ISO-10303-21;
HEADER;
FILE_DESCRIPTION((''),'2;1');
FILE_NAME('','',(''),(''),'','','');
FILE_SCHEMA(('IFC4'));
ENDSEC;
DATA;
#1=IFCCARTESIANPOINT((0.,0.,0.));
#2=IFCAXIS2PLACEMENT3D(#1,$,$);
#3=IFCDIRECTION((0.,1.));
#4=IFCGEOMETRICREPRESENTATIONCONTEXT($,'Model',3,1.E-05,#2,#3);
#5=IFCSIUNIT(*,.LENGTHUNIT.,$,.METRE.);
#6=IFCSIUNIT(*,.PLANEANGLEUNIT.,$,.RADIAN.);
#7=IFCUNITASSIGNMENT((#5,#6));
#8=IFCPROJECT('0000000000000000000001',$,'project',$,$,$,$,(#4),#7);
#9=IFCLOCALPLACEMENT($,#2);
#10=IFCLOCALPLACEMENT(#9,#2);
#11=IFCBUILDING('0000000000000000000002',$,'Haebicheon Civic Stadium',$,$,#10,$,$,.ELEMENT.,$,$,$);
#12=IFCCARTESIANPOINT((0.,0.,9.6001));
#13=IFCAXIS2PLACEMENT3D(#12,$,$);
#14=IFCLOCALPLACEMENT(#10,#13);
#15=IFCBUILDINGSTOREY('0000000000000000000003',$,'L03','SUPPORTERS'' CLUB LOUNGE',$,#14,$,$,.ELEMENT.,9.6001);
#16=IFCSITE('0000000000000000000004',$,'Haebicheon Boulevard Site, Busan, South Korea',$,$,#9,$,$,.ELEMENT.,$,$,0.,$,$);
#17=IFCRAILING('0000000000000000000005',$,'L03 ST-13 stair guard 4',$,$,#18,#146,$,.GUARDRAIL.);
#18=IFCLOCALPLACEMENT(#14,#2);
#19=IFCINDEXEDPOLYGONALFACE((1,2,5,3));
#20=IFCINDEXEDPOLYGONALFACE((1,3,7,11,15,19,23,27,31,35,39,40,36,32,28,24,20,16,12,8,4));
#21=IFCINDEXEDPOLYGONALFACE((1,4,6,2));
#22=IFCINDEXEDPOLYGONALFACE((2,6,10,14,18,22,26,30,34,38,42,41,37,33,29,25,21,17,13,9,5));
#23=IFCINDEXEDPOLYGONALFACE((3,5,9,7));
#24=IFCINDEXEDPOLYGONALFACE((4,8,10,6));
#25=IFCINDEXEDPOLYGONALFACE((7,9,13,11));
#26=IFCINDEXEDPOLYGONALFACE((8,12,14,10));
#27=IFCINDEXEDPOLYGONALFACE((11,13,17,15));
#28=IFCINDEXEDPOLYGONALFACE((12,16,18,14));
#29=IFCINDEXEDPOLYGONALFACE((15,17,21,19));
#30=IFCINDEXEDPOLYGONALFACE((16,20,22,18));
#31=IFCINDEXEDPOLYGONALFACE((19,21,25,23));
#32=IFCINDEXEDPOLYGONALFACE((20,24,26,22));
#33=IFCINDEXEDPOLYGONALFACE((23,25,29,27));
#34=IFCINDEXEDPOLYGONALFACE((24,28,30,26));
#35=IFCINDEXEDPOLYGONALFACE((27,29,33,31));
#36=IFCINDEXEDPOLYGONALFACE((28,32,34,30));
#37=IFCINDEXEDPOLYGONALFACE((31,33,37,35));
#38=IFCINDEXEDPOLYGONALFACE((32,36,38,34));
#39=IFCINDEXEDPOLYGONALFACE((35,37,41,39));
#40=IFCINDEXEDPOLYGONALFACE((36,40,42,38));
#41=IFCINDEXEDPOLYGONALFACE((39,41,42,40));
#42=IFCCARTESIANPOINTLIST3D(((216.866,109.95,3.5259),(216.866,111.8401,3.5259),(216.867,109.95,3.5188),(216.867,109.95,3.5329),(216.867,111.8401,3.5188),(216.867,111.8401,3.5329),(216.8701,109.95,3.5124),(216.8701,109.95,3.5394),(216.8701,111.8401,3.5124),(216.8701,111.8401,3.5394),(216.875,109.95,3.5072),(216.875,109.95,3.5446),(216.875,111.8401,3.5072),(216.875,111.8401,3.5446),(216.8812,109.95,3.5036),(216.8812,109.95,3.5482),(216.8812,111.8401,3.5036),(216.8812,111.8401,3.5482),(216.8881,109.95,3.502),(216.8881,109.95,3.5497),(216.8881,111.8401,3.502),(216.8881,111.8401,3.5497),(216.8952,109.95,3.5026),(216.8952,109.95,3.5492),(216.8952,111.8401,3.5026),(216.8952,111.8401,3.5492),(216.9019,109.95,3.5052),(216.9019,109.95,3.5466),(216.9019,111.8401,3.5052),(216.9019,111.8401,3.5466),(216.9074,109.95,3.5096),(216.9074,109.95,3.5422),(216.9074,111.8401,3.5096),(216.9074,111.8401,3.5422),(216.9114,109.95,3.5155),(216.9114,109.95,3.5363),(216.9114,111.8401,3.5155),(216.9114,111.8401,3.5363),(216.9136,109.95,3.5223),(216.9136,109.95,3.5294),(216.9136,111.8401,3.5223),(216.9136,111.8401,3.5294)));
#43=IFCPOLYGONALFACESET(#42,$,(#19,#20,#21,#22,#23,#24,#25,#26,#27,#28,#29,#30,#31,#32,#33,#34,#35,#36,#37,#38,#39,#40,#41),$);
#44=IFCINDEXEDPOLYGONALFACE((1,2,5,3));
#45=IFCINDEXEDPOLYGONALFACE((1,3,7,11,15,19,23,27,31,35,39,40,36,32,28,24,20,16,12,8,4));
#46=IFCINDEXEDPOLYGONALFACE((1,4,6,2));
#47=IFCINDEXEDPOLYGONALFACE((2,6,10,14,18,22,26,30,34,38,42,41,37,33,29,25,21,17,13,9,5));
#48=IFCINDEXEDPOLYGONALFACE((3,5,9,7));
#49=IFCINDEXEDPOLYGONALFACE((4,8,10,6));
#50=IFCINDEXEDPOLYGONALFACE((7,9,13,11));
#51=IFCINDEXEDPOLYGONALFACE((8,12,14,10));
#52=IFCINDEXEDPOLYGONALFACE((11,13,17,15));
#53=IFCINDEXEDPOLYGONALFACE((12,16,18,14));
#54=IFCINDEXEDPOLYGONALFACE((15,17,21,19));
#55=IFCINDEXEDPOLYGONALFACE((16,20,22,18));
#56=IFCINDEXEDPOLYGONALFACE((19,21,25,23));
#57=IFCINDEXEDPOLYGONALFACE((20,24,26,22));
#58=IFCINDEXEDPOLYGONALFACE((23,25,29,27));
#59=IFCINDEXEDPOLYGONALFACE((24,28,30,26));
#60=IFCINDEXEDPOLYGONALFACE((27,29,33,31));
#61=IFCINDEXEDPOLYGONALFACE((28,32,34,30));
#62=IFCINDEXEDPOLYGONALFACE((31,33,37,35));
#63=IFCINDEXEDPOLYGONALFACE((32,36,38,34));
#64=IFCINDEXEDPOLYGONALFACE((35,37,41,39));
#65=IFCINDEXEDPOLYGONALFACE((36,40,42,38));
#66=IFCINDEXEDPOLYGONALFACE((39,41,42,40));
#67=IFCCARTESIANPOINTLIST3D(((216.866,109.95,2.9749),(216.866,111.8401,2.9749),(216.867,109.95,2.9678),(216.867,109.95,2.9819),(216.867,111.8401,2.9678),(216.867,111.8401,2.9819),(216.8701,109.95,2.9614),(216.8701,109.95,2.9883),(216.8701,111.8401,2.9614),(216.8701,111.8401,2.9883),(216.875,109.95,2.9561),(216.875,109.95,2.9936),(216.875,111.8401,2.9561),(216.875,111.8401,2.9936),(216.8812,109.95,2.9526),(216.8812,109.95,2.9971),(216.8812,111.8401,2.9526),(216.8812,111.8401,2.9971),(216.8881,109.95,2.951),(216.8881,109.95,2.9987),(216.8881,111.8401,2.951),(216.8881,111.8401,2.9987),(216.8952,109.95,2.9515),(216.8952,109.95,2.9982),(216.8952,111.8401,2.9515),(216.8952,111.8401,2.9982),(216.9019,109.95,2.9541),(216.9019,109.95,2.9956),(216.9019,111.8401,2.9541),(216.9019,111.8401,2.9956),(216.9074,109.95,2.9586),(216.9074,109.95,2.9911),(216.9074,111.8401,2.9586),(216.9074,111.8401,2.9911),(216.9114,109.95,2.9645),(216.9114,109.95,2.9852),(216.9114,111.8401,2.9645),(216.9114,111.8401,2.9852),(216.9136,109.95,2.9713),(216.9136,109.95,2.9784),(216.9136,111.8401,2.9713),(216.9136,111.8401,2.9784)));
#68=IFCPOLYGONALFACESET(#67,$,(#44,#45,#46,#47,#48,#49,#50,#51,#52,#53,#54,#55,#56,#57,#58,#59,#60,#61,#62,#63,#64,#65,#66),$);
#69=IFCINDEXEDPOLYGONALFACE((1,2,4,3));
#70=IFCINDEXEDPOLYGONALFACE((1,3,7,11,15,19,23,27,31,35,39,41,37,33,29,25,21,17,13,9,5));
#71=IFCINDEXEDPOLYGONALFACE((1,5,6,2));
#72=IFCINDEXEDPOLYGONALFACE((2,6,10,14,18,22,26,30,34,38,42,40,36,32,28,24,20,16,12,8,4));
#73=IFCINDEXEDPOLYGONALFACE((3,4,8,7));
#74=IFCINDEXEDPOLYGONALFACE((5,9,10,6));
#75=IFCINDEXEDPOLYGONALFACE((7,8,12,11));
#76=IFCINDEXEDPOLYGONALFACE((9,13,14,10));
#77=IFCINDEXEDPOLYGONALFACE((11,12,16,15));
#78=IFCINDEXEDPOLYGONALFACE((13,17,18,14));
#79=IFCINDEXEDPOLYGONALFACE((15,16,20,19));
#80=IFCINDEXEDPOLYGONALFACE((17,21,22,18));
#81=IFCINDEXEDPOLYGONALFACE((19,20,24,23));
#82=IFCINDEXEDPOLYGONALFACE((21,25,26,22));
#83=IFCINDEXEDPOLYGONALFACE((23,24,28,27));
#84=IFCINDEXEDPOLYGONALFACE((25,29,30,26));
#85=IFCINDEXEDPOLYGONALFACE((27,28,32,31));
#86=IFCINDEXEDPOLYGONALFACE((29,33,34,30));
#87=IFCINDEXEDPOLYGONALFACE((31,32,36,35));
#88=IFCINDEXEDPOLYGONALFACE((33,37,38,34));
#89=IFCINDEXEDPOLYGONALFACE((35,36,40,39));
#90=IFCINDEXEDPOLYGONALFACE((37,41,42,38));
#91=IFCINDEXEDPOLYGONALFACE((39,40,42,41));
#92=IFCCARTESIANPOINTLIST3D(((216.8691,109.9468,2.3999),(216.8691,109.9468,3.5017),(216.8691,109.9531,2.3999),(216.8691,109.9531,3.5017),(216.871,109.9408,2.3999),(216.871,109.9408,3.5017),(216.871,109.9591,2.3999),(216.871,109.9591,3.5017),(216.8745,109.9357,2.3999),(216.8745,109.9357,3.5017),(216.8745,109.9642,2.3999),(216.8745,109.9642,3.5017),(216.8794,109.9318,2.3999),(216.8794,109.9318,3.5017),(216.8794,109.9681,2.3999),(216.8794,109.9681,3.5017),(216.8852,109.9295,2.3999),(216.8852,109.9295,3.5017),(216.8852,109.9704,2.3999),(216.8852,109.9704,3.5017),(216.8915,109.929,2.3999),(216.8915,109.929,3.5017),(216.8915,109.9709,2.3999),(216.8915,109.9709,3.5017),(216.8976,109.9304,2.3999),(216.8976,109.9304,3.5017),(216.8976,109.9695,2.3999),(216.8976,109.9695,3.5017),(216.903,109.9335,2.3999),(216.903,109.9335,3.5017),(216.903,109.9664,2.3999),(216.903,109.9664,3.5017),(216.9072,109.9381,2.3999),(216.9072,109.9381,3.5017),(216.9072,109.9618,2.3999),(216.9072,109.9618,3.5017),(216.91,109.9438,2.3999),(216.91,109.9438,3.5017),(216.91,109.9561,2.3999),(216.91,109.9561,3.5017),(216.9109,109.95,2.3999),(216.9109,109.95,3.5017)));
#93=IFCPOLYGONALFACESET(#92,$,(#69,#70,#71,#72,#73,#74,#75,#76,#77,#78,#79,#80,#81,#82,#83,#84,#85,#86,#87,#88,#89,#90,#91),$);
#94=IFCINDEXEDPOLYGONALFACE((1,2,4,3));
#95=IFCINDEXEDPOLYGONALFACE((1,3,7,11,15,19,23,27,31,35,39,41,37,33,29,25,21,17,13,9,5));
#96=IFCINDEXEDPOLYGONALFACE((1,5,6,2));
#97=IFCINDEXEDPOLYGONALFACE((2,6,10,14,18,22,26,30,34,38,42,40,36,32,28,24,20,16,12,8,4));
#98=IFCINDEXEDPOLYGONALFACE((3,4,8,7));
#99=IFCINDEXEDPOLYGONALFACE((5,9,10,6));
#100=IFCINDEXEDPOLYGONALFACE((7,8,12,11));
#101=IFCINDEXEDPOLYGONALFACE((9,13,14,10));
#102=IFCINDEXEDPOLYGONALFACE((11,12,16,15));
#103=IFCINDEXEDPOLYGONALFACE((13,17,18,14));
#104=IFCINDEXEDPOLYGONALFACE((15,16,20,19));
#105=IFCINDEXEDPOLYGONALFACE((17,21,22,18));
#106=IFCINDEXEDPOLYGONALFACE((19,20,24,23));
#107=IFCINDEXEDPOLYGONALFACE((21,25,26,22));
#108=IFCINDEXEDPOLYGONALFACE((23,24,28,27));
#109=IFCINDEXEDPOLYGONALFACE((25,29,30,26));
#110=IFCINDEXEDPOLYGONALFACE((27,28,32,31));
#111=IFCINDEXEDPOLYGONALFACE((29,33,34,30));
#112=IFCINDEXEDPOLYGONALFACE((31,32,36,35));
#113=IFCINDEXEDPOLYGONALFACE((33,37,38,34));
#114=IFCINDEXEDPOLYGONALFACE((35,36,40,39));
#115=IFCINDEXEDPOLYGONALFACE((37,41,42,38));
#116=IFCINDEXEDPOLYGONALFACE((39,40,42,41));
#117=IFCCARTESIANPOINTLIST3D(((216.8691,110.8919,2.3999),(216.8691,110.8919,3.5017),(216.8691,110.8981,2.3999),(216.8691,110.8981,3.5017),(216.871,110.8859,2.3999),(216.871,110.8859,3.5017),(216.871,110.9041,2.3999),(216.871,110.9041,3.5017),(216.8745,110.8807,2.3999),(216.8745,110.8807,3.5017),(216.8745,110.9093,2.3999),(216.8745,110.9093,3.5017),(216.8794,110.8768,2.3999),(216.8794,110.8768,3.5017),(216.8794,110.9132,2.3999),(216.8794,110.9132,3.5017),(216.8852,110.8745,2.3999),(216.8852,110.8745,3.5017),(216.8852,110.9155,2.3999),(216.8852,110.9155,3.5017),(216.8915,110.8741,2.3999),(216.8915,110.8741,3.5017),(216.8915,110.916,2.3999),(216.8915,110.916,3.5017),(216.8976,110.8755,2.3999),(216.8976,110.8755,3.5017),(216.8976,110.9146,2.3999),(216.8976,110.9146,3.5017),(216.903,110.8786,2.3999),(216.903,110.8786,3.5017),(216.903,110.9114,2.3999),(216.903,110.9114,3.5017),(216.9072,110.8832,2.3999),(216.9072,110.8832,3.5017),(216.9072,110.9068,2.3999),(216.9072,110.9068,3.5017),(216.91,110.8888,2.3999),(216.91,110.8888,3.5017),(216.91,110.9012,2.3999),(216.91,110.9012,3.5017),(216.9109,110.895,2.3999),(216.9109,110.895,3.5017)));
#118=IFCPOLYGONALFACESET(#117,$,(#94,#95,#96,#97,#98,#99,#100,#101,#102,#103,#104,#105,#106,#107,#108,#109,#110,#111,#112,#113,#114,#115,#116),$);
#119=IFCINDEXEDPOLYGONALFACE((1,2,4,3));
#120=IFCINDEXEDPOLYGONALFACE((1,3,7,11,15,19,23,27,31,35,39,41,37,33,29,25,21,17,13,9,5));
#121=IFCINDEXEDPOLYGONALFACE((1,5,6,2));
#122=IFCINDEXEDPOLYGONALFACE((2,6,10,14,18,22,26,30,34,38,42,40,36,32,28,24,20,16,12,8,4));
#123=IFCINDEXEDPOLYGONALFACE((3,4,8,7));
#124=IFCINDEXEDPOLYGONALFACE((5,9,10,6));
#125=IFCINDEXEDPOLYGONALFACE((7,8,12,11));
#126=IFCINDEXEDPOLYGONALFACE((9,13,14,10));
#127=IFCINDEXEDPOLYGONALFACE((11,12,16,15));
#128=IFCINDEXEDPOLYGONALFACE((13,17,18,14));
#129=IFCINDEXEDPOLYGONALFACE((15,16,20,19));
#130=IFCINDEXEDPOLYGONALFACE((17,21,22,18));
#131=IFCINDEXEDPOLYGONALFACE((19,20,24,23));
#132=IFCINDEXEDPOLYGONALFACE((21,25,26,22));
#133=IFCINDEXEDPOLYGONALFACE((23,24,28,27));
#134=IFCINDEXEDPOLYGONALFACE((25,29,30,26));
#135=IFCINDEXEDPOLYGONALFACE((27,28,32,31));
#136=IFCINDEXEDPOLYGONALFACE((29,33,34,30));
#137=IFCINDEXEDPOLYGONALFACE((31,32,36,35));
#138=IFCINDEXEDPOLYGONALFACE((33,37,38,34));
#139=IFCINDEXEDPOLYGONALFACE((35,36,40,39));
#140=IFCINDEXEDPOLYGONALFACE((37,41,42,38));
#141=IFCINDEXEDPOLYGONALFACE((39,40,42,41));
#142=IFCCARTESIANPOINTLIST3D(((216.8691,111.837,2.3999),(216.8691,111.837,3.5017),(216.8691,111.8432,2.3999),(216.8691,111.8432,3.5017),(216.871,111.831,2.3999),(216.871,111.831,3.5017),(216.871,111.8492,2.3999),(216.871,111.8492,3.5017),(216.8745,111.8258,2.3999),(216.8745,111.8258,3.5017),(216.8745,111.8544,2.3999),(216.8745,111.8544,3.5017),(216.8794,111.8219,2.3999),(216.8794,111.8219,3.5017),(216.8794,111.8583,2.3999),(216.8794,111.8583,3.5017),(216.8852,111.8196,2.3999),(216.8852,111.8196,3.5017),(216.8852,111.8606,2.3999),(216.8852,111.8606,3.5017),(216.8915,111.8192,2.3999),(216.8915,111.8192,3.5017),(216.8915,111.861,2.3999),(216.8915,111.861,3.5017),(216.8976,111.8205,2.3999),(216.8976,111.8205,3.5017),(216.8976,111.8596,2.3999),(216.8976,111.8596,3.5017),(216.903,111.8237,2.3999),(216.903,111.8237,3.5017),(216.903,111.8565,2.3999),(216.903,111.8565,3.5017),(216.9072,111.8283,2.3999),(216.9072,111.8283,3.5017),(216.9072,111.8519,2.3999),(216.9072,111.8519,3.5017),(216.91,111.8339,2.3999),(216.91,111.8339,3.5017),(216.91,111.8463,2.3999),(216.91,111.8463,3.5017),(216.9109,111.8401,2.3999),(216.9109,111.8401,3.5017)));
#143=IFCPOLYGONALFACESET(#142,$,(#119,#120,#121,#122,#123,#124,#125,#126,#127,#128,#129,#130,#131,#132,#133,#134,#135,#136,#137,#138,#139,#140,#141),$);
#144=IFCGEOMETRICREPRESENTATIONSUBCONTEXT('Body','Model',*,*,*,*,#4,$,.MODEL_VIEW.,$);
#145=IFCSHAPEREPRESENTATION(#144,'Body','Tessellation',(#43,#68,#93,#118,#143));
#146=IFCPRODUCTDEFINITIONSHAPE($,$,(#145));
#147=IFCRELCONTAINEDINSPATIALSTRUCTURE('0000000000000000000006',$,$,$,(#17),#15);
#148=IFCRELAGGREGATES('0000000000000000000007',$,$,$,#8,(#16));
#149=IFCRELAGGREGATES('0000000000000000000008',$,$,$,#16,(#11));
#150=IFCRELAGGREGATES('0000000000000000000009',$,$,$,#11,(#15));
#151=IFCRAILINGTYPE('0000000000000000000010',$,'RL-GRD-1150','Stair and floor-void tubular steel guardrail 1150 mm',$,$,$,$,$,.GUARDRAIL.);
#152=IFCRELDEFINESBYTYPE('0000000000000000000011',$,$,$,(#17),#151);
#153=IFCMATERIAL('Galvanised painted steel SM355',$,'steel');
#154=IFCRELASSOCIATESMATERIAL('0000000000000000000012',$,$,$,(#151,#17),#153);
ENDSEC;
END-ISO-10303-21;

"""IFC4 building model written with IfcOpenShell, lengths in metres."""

from ifc_helpers import new_model, si_unit, direction, frame, origin, origin_2d, place, context, subcontext, project, spatial, circle, extrude, material, type_object, element, save


model = new_model("IFC4")

# Units and contexts
model_context = context("Model", 3, precision=1e-05, world=origin(), true_north=direction((0.0, 1.0)))
body_context = subcontext(model_context, "Body", "Model", "MODEL_VIEW")
ifc_project = project(units=[si_unit("LENGTHUNIT", "METRE"), si_unit("PLANEANGLEUNIT", "RADIAN")], contexts=[model_context])

# Site, building, storey
site_placement = place(None, origin())
site = spatial("IfcSite", under=ifc_project, at=site_placement, Name="Haebicheon Boulevard Site, Busan, South Korea", CompositionType="ELEMENT", RefElevation=0.0)
building_placement = place(site_placement, origin())
building = spatial("IfcBuilding", under=site, at=building_placement, Name="Haebicheon Civic Stadium", CompositionType="ELEMENT")
storey_placement = place(building_placement, frame((0.0, 0.0, 9.6001)))
storey = spatial("IfcBuildingStorey", under=building, at=storey_placement, Name="L03", Description="SUPPORTERS' CLUB LOUNGE", CompositionType="ELEMENT", Elevation=9.6001)

# Railing
ifc_material_1 = material(Name="Galvanised painted steel SM355", Category="steel")
railing_type_1 = type_object("IfcRailingType", Name="RL-GRD-1150", Description="Stair and floor-void tubular steel guardrail 1150 mm", PredefinedType="GUARDRAIL", material=ifc_material_1)
for number, where, name in (
    (1, (216.8899, 109.95, 2.3999), "L03 ST-13 stair guard 4"),
):
    element("IfcRailing", number, at=place(storey_placement, frame(where)), inside=storey, type_object=railing_type_1, material=ifc_material_1, Name=name, PredefinedType="GUARDRAIL", context=body_context, shape_type="SweptSolid", body=[
        extrude(circle(Radius=0.0239, at=origin_2d()), frame((0.0, 0.0, 1.126), z_axis=(0.0, 1.0, 0.0), x_axis=(-1.0, 0.0, 0.0)), (0.0, 0.0, 1.0), 1.8901),
        extrude(circle(Radius=0.0239, at=origin_2d()), frame((0.0, 0.0, 0.575), z_axis=(0.0, 1.0, 0.0), x_axis=(-1.0, 0.0, 0.0)), (0.0, 0.0, 1.0), 1.8901),
        extrude(circle(Radius=0.021, at=origin_2d()), origin(), (0.0, 0.0, 1.0), 1.1018),
        extrude(circle(Radius=0.021, at=origin_2d()), frame((0.0, 0.9451, 0.0)), (0.0, 0.0, 1.0), 1.1018),
        extrude(circle(Radius=0.021, at=origin_2d()), frame((0.0, 1.8901, 0.0)), (0.0, 0.0, 1.0), 1.1018),
    ])

save(model, "model.ifc")
